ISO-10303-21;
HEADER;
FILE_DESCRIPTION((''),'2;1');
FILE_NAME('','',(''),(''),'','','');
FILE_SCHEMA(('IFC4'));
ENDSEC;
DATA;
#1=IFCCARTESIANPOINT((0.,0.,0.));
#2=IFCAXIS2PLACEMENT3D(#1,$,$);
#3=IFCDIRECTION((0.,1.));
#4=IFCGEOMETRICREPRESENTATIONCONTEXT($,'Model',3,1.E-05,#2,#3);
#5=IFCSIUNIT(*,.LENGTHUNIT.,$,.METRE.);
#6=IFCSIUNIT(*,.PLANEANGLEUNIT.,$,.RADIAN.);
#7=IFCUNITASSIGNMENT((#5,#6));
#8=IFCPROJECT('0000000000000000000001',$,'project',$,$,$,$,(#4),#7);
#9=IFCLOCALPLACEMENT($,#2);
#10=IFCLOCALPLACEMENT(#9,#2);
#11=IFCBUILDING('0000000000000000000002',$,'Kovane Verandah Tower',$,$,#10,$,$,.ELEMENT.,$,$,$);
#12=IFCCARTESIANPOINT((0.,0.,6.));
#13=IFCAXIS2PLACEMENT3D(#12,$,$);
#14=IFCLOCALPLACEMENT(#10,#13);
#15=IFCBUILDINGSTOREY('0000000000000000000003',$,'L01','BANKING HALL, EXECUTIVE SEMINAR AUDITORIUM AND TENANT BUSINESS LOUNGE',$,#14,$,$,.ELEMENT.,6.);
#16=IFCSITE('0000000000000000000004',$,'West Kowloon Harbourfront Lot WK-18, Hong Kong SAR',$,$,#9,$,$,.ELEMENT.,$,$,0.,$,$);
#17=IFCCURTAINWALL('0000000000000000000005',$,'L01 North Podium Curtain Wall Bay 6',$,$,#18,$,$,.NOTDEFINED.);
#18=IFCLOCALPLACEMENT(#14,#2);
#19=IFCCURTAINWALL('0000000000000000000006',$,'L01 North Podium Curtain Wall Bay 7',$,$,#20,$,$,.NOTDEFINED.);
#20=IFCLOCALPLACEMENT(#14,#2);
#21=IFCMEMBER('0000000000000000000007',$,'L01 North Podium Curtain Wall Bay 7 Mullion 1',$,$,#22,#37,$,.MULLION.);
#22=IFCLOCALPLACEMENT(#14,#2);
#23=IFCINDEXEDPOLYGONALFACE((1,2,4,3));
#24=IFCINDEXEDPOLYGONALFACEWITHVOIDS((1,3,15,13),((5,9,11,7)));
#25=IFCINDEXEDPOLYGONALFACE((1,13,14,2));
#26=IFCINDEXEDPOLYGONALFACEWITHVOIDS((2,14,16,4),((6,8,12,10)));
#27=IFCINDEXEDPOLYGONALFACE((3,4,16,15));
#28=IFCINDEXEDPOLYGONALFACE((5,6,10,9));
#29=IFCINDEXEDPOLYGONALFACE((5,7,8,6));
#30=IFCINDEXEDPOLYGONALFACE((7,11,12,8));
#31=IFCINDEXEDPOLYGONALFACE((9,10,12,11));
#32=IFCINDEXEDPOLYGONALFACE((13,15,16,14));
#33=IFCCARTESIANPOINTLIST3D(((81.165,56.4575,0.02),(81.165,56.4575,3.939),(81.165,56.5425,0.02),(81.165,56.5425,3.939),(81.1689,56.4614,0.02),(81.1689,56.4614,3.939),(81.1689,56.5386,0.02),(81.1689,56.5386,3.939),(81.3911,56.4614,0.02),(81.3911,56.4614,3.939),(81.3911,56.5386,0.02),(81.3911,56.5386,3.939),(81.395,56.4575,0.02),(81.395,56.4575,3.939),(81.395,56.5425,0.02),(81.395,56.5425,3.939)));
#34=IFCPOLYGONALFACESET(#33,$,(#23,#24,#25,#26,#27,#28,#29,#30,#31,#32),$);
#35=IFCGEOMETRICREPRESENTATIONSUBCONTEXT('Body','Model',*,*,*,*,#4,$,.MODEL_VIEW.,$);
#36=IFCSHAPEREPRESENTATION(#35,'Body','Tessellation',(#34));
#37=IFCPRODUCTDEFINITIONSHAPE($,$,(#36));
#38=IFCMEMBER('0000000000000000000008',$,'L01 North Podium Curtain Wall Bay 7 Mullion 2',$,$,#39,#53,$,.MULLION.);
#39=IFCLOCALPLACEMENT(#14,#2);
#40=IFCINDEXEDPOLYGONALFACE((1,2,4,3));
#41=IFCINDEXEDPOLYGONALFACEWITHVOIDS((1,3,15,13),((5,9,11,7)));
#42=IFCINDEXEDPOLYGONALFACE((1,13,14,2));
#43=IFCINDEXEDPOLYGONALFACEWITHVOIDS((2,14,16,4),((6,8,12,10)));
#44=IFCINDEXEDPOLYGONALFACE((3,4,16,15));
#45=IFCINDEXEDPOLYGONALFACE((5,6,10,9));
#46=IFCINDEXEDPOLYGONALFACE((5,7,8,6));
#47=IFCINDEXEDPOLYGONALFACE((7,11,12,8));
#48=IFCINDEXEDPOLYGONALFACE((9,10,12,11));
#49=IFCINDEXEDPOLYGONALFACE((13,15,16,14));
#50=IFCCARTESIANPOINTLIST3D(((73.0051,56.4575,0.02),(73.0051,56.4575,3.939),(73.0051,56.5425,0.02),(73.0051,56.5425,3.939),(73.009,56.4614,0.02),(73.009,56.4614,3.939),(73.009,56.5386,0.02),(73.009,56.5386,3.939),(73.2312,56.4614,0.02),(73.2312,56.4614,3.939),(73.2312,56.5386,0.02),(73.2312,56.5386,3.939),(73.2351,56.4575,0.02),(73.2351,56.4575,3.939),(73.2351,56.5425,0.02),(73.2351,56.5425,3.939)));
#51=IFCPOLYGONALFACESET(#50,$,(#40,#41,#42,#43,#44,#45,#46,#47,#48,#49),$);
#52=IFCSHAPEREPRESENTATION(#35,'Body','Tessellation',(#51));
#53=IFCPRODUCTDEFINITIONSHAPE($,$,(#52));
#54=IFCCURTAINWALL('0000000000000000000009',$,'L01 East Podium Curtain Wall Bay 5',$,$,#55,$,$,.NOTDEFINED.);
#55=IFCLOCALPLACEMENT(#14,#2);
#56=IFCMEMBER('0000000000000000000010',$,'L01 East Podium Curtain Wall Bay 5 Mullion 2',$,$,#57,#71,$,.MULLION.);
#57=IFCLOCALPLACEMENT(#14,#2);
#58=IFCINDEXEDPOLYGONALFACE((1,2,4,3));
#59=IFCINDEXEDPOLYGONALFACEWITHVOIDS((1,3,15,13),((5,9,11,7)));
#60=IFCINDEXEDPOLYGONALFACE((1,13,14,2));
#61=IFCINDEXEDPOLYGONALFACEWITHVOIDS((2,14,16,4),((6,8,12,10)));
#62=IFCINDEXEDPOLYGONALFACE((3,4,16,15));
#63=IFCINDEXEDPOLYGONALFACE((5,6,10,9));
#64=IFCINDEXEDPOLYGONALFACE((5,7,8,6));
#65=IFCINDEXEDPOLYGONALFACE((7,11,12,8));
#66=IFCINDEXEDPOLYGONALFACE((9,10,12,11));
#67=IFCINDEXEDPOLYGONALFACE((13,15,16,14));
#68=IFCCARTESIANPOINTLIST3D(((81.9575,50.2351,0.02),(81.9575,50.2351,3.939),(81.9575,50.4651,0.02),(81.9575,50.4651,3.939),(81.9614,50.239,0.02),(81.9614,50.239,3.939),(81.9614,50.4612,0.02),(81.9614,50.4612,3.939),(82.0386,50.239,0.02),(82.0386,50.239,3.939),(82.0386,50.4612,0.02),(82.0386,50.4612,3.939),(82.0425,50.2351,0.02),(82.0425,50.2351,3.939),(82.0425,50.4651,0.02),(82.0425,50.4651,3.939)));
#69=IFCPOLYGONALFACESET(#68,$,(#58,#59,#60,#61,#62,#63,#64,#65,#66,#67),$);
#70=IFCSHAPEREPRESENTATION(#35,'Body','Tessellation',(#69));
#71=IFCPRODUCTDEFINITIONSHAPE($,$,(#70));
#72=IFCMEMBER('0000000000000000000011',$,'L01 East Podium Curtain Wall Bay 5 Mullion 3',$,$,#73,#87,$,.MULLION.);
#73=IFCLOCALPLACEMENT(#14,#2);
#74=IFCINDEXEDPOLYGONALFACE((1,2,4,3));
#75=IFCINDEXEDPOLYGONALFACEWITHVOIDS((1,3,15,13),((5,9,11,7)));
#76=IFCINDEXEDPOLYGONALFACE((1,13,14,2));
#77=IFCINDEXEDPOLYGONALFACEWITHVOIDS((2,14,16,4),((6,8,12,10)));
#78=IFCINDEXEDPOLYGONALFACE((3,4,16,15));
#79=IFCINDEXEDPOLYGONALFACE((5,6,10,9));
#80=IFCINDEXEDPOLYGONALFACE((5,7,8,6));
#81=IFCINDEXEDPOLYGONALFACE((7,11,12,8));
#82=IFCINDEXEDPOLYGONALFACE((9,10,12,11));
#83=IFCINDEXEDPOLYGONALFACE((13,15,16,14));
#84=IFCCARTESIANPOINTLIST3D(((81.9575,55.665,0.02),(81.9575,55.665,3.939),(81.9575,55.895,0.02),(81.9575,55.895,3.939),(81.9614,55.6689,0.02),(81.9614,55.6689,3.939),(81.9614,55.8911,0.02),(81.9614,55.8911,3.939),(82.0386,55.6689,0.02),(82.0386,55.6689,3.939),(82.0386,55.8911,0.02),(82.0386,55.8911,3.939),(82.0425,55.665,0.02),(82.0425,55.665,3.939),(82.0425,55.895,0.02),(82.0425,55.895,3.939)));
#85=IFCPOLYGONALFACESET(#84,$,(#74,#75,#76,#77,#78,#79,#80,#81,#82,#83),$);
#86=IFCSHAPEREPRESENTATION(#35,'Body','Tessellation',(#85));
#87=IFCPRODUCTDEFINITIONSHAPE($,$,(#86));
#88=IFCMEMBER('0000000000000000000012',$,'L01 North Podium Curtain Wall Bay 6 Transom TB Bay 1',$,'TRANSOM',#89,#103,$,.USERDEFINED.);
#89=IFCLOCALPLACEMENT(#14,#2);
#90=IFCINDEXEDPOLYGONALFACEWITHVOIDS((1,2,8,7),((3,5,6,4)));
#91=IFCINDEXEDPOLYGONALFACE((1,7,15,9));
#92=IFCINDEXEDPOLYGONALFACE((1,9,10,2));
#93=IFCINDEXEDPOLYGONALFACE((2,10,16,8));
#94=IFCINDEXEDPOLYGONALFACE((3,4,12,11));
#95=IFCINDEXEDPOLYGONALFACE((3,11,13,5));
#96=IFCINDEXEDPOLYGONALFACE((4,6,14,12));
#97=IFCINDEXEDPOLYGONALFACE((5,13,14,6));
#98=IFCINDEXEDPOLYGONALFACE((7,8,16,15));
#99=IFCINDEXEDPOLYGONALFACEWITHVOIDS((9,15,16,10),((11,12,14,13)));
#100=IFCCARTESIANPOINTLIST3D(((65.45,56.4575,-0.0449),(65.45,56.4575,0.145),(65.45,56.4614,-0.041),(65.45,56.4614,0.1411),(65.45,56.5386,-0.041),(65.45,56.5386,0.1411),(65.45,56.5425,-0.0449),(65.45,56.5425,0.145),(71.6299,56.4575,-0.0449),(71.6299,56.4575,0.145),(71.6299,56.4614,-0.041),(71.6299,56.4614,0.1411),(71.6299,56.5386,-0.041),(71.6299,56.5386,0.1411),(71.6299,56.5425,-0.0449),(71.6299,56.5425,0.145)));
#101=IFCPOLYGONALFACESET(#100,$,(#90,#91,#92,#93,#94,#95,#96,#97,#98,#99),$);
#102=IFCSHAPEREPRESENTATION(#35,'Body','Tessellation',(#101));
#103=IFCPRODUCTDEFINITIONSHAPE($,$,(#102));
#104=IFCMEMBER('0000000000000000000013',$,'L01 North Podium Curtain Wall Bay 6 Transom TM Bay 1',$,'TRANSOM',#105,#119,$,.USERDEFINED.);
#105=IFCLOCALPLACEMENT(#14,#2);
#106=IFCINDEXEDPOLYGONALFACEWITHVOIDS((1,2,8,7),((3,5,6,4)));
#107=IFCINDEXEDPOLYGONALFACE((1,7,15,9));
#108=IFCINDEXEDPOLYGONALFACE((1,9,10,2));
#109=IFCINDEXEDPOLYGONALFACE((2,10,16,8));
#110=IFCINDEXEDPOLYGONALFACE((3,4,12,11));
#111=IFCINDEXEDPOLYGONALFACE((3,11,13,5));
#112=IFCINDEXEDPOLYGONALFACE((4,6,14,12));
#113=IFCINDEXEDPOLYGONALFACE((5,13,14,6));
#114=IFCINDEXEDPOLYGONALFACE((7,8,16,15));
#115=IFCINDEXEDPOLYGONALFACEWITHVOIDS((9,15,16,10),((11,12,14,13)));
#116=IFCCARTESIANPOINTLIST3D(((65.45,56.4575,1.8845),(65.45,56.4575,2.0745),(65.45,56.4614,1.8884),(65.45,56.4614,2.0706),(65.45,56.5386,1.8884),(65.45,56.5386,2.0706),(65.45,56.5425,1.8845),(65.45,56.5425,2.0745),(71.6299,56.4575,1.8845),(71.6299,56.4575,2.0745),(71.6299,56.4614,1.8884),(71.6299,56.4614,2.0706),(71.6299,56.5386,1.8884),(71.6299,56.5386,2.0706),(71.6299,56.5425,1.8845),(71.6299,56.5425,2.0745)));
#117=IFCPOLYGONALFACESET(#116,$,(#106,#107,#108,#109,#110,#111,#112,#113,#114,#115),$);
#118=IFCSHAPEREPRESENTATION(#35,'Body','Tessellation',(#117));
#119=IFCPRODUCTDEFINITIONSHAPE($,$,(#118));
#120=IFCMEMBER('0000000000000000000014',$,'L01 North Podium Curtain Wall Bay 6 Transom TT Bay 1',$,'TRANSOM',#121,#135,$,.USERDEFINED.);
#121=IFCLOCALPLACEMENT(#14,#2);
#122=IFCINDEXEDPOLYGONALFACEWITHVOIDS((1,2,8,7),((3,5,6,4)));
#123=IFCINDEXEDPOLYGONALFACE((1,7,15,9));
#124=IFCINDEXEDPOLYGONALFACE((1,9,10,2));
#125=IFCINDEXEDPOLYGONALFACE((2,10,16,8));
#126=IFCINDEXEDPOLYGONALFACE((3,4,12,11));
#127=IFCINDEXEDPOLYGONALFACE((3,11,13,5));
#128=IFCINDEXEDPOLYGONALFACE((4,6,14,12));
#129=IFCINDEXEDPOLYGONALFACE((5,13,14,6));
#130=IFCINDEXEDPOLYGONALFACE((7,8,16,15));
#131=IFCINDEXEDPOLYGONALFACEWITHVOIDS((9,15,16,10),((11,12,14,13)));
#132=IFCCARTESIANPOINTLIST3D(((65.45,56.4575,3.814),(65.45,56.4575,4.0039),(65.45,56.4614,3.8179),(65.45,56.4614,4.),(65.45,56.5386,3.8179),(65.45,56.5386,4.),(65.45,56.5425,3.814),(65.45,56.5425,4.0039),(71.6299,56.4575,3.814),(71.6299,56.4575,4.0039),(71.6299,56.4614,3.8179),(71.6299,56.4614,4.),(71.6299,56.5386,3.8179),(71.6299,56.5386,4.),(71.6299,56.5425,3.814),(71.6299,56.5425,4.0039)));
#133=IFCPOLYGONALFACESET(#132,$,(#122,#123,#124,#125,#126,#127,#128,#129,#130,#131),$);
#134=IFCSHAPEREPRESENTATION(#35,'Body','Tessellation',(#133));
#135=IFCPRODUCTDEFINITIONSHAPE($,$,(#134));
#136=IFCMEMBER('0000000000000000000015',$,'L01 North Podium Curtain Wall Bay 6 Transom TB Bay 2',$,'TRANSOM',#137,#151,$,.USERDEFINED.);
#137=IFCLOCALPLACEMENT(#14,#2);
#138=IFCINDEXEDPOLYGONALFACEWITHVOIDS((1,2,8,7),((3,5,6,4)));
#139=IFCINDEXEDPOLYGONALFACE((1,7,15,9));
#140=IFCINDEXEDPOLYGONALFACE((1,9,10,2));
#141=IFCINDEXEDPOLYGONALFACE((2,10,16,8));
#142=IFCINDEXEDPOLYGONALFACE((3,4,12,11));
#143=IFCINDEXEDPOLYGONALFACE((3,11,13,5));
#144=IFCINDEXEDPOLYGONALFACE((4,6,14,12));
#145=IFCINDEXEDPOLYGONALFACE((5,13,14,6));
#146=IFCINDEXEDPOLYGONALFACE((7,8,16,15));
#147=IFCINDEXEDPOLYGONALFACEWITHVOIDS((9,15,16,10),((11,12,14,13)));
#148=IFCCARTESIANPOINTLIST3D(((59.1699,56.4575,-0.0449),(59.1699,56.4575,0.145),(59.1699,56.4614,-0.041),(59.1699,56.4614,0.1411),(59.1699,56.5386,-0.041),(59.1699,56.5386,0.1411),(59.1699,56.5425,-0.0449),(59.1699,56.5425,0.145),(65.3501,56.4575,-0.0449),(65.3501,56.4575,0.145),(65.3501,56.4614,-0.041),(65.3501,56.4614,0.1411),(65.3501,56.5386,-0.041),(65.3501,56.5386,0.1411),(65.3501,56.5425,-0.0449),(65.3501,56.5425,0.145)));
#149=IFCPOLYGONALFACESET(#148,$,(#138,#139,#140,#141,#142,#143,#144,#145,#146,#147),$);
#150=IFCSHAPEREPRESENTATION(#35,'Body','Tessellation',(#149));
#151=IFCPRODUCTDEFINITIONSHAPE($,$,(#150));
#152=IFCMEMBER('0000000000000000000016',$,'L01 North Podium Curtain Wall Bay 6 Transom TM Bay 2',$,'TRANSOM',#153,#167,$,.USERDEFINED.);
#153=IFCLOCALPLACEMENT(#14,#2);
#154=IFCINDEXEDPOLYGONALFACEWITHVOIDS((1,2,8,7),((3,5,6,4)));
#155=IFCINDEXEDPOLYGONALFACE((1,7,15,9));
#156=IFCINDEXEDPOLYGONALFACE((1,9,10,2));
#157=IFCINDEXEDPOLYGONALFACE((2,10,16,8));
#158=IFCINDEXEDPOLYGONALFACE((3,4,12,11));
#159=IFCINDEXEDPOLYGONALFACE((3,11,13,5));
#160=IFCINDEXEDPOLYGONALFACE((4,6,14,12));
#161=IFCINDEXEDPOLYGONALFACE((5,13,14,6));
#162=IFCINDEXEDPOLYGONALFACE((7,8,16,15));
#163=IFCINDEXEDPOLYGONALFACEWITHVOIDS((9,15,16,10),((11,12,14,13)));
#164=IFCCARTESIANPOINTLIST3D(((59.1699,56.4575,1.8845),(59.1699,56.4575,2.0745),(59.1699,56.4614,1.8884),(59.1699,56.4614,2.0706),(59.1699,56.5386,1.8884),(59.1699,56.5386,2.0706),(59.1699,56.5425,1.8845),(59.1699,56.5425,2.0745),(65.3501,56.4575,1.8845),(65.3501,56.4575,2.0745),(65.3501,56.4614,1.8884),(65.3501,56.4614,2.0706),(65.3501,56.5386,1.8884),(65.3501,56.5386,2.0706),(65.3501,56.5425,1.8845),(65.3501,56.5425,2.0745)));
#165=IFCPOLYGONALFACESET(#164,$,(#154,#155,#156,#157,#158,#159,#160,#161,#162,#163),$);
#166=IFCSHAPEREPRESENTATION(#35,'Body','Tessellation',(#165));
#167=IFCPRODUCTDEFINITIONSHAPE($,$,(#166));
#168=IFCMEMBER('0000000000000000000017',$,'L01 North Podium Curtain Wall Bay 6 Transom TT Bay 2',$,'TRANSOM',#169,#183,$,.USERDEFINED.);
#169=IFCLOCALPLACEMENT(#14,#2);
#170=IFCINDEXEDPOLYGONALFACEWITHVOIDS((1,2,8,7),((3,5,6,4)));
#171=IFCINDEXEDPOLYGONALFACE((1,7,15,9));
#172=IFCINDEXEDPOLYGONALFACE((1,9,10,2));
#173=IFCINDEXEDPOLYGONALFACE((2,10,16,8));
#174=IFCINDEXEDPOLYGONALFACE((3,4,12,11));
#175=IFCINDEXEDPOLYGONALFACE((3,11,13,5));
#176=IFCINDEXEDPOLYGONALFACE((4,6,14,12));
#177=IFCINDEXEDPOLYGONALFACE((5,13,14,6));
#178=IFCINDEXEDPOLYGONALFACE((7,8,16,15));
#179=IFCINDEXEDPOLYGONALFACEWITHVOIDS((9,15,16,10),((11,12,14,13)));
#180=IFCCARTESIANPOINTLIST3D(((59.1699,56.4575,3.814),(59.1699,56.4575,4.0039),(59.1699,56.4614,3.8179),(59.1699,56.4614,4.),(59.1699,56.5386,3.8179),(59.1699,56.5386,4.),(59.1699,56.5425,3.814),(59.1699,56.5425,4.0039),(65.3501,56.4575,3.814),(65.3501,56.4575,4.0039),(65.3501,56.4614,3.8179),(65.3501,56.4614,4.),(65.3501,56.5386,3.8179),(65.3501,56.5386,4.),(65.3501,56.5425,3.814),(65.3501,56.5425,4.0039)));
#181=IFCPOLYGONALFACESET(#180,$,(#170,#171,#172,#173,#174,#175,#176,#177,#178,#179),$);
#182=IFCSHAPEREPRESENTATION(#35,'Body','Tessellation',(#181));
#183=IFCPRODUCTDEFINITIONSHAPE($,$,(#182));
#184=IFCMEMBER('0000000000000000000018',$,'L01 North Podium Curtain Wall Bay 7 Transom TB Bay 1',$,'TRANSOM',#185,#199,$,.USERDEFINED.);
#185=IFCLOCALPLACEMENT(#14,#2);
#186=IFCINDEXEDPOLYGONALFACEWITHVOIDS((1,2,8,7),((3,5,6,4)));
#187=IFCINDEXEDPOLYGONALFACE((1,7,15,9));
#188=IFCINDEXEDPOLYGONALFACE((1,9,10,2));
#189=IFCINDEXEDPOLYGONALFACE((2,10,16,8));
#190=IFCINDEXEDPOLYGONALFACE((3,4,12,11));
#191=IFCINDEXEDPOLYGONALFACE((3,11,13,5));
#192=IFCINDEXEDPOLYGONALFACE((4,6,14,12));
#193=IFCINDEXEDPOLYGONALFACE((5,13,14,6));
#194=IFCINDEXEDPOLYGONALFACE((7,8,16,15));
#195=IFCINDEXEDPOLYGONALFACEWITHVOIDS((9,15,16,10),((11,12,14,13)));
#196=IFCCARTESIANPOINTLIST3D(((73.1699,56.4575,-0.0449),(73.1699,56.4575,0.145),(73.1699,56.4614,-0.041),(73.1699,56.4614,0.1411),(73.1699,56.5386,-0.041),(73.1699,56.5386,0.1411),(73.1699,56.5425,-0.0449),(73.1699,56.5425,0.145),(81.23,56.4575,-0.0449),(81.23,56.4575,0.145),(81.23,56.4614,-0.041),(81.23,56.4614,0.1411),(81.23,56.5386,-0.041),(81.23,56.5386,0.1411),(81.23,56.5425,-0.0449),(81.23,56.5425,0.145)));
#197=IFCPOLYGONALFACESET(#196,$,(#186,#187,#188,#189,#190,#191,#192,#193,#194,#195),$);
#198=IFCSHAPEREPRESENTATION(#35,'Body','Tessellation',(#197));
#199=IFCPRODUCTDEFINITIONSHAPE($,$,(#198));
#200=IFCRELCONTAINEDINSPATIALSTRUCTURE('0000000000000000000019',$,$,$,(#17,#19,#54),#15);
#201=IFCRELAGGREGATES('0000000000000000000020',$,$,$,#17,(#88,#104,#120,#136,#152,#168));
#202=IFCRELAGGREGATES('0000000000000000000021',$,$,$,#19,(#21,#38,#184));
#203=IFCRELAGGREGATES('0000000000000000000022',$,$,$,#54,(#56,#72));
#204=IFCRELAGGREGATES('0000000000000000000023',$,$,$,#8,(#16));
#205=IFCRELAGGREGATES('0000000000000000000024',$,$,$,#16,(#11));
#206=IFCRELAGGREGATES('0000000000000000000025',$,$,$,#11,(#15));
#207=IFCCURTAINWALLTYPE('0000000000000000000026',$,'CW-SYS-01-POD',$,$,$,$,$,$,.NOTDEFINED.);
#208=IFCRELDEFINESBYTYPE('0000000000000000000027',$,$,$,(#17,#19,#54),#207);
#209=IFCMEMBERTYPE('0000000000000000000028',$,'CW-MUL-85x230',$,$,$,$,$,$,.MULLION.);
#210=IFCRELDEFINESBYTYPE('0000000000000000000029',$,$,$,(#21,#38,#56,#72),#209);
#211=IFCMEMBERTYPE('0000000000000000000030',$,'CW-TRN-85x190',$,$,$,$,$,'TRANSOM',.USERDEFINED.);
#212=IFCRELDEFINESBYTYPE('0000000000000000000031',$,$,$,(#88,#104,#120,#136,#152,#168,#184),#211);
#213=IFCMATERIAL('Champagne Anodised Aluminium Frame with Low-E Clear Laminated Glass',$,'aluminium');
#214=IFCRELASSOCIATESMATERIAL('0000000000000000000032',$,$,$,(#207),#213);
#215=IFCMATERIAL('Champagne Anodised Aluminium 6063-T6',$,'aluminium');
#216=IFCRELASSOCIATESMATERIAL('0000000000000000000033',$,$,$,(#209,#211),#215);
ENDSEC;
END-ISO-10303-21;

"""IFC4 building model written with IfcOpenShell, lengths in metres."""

from ifc_helpers import new_model, si_unit, direction, frame, origin, origin_2d, place, context, subcontext, project, spatial, hollow_rectangle, extrude, material, material_profile, profile_set, type_object, element, aggregate, save


model = new_model("IFC4")

# Units and contexts
model_context = context("Model", 3, precision=1e-05, world=origin(), true_north=direction((0.0, 1.0)))
body_context = subcontext(model_context, "Body", "Model", "MODEL_VIEW")
ifc_project = project(units=[si_unit("LENGTHUNIT", "METRE"), si_unit("PLANEANGLEUNIT", "RADIAN")], contexts=[model_context])

# Site, building, storey
site_placement = place(None, origin())
site = spatial("IfcSite", under=ifc_project, at=site_placement, Name="West Kowloon Harbourfront Lot WK-18, Hong Kong SAR", CompositionType="ELEMENT", RefElevation=0.0)
building_placement = place(site_placement, origin())
building = spatial("IfcBuilding", under=site, at=building_placement, Name="Kovane Verandah Tower", CompositionType="ELEMENT")
storey_placement = place(building_placement, frame((0.0, 0.0, 6.0)))
storey = spatial("IfcBuildingStorey", under=building, at=storey_placement, Name="L01", Description="BANKING HALL, EXECUTIVE SEMINAR AUDITORIUM AND TENANT BUSINESS LOUNGE", CompositionType="ELEMENT", Elevation=6.0)

# Curtain walls, members
ifc_material_1 = material(Name="Champagne Anodised Aluminium Frame with Low-E Clear Laminated Glass", Category="aluminium")
curtain_wall_type = type_object("IfcCurtainWallType", Name="CW-SYS-01-POD", PredefinedType="NOTDEFINED", material=ifc_material_1)
curtain_wall_1_placement = place(storey_placement, origin())
curtain_wall_1 = element("IfcCurtainWall", 1, at=curtain_wall_1_placement, inside=storey, type_object=curtain_wall_type, Name="L01 North Podium Curtain Wall Bay 6", PredefinedType="NOTDEFINED")
ifc_material_2 = material(Name="Champagne Anodised Aluminium 6063-T6", Category="aluminium")
ifc_material_profile_1 = material_profile(ifc_material_2, hollow_rectangle(XDim=0.085, YDim=0.23, WallThickness=0.0039, at=origin_2d()), Name="AL85x230x4")
ifc_profile_set_1 = profile_set([ifc_material_profile_1], Name="Champagne Anodised Aluminium 6063-T6")
member_type_1 = type_object("IfcMemberType", Name="CW-MUL-85x230", PredefinedType="MULLION", material=ifc_profile_set_1)
curtain_wall_2_placement = place(storey_placement, origin())
curtain_wall_2 = element("IfcCurtainWall", 2, at=curtain_wall_2_placement, inside=storey, type_object=curtain_wall_type, Name="L01 North Podium Curtain Wall Bay 7", PredefinedType="NOTDEFINED")
member_1_placement = place(storey_placement, frame((81.28, 56.5, 0.02), z_axis=(0.0, 0.0, 1.0), x_axis=(0.0, 1.0, 0.0)))
member_1 = element("IfcMember", 3, at=member_1_placement, type_object=member_type_1, Name="L01 North Podium Curtain Wall Bay 7 Mullion 1", PredefinedType="MULLION", context=body_context, shape_type="SweptSolid", body=[
    extrude(hollow_rectangle(XDim=0.085, YDim=0.23, WallThickness=0.0039, at=origin_2d()), origin(), (0.0, 0.0, 1.0), 3.9189),
])
member_2_placement = place(storey_placement, frame((73.1201, 56.5, 0.02), z_axis=(0.0, 0.0, 1.0), x_axis=(0.0, 1.0, 0.0)))
member_2 = element("IfcMember", 4, at=member_2_placement, type_object=member_type_1, Name="L01 North Podium Curtain Wall Bay 7 Mullion 2", PredefinedType="MULLION", context=body_context, shape_type="SweptSolid", body=[
    extrude(hollow_rectangle(XDim=0.085, YDim=0.23, WallThickness=0.0039, at=origin_2d()), origin(), (0.0, 0.0, 1.0), 3.9189),
])
curtain_wall_3_placement = place(storey_placement, origin())
curtain_wall_3 = element("IfcCurtainWall", 5, at=curtain_wall_3_placement, inside=storey, type_object=curtain_wall_type, Name="L01 East Podium Curtain Wall Bay 5", PredefinedType="NOTDEFINED")
member_3_placement = place(storey_placement, frame((82.0, 50.3501, 0.02), z_axis=(0.0, 0.0, 1.0), x_axis=(1.0, 0.0, 0.0)))
member_3 = element("IfcMember", 6, at=member_3_placement, type_object=member_type_1, Name="L01 East Podium Curtain Wall Bay 5 Mullion 2", PredefinedType="MULLION", context=body_context, shape_type="SweptSolid", body=[
    extrude(hollow_rectangle(XDim=0.085, YDim=0.23, WallThickness=0.0039, at=origin_2d()), origin(), (0.0, 0.0, 1.0), 3.9189),
])
member_4_placement = place(storey_placement, frame((82.0, 55.78, 0.02), z_axis=(0.0, 0.0, 1.0), x_axis=(1.0, 0.0, 0.0)))
member_4 = element("IfcMember", 7, at=member_4_placement, type_object=member_type_1, Name="L01 East Podium Curtain Wall Bay 5 Mullion 3", PredefinedType="MULLION", context=body_context, shape_type="SweptSolid", body=[
    extrude(hollow_rectangle(XDim=0.085, YDim=0.23, WallThickness=0.0039, at=origin_2d()), origin(), (0.0, 0.0, 1.0), 3.9189),
])

# Members
ifc_material_profile_2 = material_profile(ifc_material_2, hollow_rectangle(XDim=0.085, YDim=0.1899, WallThickness=0.0039, at=origin_2d()), Name="AL85x190x4")
ifc_profile_set_2 = profile_set([ifc_material_profile_2], Name="Champagne Anodised Aluminium 6063-T6")
member_type_2 = type_object("IfcMemberType", Name="CW-TRN-85x190", ElementType="TRANSOM", PredefinedType="USERDEFINED", material=ifc_profile_set_2)
member_5_placement = place(storey_placement, frame((71.6299, 56.5, 0.05), z_axis=(-1.0, 0.0, 0.0), x_axis=(0.0, -1.0, 0.0)))
member_5 = element("IfcMember", 8, at=member_5_placement, type_object=member_type_2, Name="L01 North Podium Curtain Wall Bay 6 Transom TB Bay 1", ObjectType="TRANSOM", PredefinedType="USERDEFINED", context=body_context, shape_type="SweptSolid", body=[
    extrude(hollow_rectangle(XDim=0.085, YDim=0.1899, WallThickness=0.0039, at=origin_2d()), origin(), (0.0, 0.0, 1.0), 6.1799),
])
member_6_placement = place(storey_placement, frame((71.6299, 56.5, 1.9795), z_axis=(-1.0, 0.0, 0.0), x_axis=(0.0, -1.0, 0.0)))
member_6 = element("IfcMember", 9, at=member_6_placement, type_object=member_type_2, Name="L01 North Podium Curtain Wall Bay 6 Transom TM Bay 1", ObjectType="TRANSOM", PredefinedType="USERDEFINED", context=body_context, shape_type="SweptSolid", body=[
    extrude(hollow_rectangle(XDim=0.085, YDim=0.1899, WallThickness=0.0039, at=origin_2d()), origin(), (0.0, 0.0, 1.0), 6.1799),
])
member_7_placement = place(storey_placement, frame((71.6299, 56.5, 3.9089), z_axis=(-1.0, 0.0, 0.0), x_axis=(0.0, -1.0, 0.0)))
member_7 = element("IfcMember", 10, at=member_7_placement, type_object=member_type_2, Name="L01 North Podium Curtain Wall Bay 6 Transom TT Bay 1", ObjectType="TRANSOM", PredefinedType="USERDEFINED", context=body_context, shape_type="SweptSolid", body=[
    extrude(hollow_rectangle(XDim=0.085, YDim=0.1899, WallThickness=0.0039, at=origin_2d()), origin(), (0.0, 0.0, 1.0), 6.1799),
])
member_8_placement = place(storey_placement, frame((65.3501, 56.5, 0.05), z_axis=(-1.0, 0.0, 0.0), x_axis=(0.0, -1.0, 0.0)))
member_8 = element("IfcMember", 11, at=member_8_placement, type_object=member_type_2, Name="L01 North Podium Curtain Wall Bay 6 Transom TB Bay 2", ObjectType="TRANSOM", PredefinedType="USERDEFINED", context=body_context, shape_type="SweptSolid", body=[
    extrude(hollow_rectangle(XDim=0.085, YDim=0.1899, WallThickness=0.0039, at=origin_2d()), origin(), (0.0, 0.0, 1.0), 6.1802),
])
member_9_placement = place(storey_placement, frame((65.3501, 56.5, 1.9795), z_axis=(-1.0, 0.0, 0.0), x_axis=(0.0, -1.0, 0.0)))
member_9 = element("IfcMember", 12, at=member_9_placement, type_object=member_type_2, Name="L01 North Podium Curtain Wall Bay 6 Transom TM Bay 2", ObjectType="TRANSOM", PredefinedType="USERDEFINED", context=body_context, shape_type="SweptSolid", body=[
    extrude(hollow_rectangle(XDim=0.085, YDim=0.1899, WallThickness=0.0039, at=origin_2d()), origin(), (0.0, 0.0, 1.0), 6.1802),
])
member_10_placement = place(storey_placement, frame((65.3501, 56.5, 3.9089), z_axis=(-1.0, 0.0, 0.0), x_axis=(0.0, -1.0, 0.0)))
member_10 = element("IfcMember", 13, at=member_10_placement, type_object=member_type_2, Name="L01 North Podium Curtain Wall Bay 6 Transom TT Bay 2", ObjectType="TRANSOM", PredefinedType="USERDEFINED", context=body_context, shape_type="SweptSolid", body=[
    extrude(hollow_rectangle(XDim=0.085, YDim=0.1899, WallThickness=0.0039, at=origin_2d()), origin(), (0.0, 0.0, 1.0), 6.1802),
])
member_11_placement = place(storey_placement, frame((81.23, 56.5, 0.05), z_axis=(-1.0, 0.0, 0.0), x_axis=(0.0, -1.0, 0.0)))
member_11 = element("IfcMember", 14, at=member_11_placement, type_object=member_type_2, Name="L01 North Podium Curtain Wall Bay 7 Transom TB Bay 1", ObjectType="TRANSOM", PredefinedType="USERDEFINED", context=body_context, shape_type="SweptSolid", body=[
    extrude(hollow_rectangle(XDim=0.085, YDim=0.1899, WallThickness=0.0039, at=origin_2d()), origin(), (0.0, 0.0, 1.0), 8.0601),
])

aggregate(curtain_wall_1, [member_5, member_6, member_7, member_8, member_9, member_10])
aggregate(curtain_wall_2, [member_1, member_2, member_11])
aggregate(curtain_wall_3, [member_3, member_4])

save(model, "model.ifc")
